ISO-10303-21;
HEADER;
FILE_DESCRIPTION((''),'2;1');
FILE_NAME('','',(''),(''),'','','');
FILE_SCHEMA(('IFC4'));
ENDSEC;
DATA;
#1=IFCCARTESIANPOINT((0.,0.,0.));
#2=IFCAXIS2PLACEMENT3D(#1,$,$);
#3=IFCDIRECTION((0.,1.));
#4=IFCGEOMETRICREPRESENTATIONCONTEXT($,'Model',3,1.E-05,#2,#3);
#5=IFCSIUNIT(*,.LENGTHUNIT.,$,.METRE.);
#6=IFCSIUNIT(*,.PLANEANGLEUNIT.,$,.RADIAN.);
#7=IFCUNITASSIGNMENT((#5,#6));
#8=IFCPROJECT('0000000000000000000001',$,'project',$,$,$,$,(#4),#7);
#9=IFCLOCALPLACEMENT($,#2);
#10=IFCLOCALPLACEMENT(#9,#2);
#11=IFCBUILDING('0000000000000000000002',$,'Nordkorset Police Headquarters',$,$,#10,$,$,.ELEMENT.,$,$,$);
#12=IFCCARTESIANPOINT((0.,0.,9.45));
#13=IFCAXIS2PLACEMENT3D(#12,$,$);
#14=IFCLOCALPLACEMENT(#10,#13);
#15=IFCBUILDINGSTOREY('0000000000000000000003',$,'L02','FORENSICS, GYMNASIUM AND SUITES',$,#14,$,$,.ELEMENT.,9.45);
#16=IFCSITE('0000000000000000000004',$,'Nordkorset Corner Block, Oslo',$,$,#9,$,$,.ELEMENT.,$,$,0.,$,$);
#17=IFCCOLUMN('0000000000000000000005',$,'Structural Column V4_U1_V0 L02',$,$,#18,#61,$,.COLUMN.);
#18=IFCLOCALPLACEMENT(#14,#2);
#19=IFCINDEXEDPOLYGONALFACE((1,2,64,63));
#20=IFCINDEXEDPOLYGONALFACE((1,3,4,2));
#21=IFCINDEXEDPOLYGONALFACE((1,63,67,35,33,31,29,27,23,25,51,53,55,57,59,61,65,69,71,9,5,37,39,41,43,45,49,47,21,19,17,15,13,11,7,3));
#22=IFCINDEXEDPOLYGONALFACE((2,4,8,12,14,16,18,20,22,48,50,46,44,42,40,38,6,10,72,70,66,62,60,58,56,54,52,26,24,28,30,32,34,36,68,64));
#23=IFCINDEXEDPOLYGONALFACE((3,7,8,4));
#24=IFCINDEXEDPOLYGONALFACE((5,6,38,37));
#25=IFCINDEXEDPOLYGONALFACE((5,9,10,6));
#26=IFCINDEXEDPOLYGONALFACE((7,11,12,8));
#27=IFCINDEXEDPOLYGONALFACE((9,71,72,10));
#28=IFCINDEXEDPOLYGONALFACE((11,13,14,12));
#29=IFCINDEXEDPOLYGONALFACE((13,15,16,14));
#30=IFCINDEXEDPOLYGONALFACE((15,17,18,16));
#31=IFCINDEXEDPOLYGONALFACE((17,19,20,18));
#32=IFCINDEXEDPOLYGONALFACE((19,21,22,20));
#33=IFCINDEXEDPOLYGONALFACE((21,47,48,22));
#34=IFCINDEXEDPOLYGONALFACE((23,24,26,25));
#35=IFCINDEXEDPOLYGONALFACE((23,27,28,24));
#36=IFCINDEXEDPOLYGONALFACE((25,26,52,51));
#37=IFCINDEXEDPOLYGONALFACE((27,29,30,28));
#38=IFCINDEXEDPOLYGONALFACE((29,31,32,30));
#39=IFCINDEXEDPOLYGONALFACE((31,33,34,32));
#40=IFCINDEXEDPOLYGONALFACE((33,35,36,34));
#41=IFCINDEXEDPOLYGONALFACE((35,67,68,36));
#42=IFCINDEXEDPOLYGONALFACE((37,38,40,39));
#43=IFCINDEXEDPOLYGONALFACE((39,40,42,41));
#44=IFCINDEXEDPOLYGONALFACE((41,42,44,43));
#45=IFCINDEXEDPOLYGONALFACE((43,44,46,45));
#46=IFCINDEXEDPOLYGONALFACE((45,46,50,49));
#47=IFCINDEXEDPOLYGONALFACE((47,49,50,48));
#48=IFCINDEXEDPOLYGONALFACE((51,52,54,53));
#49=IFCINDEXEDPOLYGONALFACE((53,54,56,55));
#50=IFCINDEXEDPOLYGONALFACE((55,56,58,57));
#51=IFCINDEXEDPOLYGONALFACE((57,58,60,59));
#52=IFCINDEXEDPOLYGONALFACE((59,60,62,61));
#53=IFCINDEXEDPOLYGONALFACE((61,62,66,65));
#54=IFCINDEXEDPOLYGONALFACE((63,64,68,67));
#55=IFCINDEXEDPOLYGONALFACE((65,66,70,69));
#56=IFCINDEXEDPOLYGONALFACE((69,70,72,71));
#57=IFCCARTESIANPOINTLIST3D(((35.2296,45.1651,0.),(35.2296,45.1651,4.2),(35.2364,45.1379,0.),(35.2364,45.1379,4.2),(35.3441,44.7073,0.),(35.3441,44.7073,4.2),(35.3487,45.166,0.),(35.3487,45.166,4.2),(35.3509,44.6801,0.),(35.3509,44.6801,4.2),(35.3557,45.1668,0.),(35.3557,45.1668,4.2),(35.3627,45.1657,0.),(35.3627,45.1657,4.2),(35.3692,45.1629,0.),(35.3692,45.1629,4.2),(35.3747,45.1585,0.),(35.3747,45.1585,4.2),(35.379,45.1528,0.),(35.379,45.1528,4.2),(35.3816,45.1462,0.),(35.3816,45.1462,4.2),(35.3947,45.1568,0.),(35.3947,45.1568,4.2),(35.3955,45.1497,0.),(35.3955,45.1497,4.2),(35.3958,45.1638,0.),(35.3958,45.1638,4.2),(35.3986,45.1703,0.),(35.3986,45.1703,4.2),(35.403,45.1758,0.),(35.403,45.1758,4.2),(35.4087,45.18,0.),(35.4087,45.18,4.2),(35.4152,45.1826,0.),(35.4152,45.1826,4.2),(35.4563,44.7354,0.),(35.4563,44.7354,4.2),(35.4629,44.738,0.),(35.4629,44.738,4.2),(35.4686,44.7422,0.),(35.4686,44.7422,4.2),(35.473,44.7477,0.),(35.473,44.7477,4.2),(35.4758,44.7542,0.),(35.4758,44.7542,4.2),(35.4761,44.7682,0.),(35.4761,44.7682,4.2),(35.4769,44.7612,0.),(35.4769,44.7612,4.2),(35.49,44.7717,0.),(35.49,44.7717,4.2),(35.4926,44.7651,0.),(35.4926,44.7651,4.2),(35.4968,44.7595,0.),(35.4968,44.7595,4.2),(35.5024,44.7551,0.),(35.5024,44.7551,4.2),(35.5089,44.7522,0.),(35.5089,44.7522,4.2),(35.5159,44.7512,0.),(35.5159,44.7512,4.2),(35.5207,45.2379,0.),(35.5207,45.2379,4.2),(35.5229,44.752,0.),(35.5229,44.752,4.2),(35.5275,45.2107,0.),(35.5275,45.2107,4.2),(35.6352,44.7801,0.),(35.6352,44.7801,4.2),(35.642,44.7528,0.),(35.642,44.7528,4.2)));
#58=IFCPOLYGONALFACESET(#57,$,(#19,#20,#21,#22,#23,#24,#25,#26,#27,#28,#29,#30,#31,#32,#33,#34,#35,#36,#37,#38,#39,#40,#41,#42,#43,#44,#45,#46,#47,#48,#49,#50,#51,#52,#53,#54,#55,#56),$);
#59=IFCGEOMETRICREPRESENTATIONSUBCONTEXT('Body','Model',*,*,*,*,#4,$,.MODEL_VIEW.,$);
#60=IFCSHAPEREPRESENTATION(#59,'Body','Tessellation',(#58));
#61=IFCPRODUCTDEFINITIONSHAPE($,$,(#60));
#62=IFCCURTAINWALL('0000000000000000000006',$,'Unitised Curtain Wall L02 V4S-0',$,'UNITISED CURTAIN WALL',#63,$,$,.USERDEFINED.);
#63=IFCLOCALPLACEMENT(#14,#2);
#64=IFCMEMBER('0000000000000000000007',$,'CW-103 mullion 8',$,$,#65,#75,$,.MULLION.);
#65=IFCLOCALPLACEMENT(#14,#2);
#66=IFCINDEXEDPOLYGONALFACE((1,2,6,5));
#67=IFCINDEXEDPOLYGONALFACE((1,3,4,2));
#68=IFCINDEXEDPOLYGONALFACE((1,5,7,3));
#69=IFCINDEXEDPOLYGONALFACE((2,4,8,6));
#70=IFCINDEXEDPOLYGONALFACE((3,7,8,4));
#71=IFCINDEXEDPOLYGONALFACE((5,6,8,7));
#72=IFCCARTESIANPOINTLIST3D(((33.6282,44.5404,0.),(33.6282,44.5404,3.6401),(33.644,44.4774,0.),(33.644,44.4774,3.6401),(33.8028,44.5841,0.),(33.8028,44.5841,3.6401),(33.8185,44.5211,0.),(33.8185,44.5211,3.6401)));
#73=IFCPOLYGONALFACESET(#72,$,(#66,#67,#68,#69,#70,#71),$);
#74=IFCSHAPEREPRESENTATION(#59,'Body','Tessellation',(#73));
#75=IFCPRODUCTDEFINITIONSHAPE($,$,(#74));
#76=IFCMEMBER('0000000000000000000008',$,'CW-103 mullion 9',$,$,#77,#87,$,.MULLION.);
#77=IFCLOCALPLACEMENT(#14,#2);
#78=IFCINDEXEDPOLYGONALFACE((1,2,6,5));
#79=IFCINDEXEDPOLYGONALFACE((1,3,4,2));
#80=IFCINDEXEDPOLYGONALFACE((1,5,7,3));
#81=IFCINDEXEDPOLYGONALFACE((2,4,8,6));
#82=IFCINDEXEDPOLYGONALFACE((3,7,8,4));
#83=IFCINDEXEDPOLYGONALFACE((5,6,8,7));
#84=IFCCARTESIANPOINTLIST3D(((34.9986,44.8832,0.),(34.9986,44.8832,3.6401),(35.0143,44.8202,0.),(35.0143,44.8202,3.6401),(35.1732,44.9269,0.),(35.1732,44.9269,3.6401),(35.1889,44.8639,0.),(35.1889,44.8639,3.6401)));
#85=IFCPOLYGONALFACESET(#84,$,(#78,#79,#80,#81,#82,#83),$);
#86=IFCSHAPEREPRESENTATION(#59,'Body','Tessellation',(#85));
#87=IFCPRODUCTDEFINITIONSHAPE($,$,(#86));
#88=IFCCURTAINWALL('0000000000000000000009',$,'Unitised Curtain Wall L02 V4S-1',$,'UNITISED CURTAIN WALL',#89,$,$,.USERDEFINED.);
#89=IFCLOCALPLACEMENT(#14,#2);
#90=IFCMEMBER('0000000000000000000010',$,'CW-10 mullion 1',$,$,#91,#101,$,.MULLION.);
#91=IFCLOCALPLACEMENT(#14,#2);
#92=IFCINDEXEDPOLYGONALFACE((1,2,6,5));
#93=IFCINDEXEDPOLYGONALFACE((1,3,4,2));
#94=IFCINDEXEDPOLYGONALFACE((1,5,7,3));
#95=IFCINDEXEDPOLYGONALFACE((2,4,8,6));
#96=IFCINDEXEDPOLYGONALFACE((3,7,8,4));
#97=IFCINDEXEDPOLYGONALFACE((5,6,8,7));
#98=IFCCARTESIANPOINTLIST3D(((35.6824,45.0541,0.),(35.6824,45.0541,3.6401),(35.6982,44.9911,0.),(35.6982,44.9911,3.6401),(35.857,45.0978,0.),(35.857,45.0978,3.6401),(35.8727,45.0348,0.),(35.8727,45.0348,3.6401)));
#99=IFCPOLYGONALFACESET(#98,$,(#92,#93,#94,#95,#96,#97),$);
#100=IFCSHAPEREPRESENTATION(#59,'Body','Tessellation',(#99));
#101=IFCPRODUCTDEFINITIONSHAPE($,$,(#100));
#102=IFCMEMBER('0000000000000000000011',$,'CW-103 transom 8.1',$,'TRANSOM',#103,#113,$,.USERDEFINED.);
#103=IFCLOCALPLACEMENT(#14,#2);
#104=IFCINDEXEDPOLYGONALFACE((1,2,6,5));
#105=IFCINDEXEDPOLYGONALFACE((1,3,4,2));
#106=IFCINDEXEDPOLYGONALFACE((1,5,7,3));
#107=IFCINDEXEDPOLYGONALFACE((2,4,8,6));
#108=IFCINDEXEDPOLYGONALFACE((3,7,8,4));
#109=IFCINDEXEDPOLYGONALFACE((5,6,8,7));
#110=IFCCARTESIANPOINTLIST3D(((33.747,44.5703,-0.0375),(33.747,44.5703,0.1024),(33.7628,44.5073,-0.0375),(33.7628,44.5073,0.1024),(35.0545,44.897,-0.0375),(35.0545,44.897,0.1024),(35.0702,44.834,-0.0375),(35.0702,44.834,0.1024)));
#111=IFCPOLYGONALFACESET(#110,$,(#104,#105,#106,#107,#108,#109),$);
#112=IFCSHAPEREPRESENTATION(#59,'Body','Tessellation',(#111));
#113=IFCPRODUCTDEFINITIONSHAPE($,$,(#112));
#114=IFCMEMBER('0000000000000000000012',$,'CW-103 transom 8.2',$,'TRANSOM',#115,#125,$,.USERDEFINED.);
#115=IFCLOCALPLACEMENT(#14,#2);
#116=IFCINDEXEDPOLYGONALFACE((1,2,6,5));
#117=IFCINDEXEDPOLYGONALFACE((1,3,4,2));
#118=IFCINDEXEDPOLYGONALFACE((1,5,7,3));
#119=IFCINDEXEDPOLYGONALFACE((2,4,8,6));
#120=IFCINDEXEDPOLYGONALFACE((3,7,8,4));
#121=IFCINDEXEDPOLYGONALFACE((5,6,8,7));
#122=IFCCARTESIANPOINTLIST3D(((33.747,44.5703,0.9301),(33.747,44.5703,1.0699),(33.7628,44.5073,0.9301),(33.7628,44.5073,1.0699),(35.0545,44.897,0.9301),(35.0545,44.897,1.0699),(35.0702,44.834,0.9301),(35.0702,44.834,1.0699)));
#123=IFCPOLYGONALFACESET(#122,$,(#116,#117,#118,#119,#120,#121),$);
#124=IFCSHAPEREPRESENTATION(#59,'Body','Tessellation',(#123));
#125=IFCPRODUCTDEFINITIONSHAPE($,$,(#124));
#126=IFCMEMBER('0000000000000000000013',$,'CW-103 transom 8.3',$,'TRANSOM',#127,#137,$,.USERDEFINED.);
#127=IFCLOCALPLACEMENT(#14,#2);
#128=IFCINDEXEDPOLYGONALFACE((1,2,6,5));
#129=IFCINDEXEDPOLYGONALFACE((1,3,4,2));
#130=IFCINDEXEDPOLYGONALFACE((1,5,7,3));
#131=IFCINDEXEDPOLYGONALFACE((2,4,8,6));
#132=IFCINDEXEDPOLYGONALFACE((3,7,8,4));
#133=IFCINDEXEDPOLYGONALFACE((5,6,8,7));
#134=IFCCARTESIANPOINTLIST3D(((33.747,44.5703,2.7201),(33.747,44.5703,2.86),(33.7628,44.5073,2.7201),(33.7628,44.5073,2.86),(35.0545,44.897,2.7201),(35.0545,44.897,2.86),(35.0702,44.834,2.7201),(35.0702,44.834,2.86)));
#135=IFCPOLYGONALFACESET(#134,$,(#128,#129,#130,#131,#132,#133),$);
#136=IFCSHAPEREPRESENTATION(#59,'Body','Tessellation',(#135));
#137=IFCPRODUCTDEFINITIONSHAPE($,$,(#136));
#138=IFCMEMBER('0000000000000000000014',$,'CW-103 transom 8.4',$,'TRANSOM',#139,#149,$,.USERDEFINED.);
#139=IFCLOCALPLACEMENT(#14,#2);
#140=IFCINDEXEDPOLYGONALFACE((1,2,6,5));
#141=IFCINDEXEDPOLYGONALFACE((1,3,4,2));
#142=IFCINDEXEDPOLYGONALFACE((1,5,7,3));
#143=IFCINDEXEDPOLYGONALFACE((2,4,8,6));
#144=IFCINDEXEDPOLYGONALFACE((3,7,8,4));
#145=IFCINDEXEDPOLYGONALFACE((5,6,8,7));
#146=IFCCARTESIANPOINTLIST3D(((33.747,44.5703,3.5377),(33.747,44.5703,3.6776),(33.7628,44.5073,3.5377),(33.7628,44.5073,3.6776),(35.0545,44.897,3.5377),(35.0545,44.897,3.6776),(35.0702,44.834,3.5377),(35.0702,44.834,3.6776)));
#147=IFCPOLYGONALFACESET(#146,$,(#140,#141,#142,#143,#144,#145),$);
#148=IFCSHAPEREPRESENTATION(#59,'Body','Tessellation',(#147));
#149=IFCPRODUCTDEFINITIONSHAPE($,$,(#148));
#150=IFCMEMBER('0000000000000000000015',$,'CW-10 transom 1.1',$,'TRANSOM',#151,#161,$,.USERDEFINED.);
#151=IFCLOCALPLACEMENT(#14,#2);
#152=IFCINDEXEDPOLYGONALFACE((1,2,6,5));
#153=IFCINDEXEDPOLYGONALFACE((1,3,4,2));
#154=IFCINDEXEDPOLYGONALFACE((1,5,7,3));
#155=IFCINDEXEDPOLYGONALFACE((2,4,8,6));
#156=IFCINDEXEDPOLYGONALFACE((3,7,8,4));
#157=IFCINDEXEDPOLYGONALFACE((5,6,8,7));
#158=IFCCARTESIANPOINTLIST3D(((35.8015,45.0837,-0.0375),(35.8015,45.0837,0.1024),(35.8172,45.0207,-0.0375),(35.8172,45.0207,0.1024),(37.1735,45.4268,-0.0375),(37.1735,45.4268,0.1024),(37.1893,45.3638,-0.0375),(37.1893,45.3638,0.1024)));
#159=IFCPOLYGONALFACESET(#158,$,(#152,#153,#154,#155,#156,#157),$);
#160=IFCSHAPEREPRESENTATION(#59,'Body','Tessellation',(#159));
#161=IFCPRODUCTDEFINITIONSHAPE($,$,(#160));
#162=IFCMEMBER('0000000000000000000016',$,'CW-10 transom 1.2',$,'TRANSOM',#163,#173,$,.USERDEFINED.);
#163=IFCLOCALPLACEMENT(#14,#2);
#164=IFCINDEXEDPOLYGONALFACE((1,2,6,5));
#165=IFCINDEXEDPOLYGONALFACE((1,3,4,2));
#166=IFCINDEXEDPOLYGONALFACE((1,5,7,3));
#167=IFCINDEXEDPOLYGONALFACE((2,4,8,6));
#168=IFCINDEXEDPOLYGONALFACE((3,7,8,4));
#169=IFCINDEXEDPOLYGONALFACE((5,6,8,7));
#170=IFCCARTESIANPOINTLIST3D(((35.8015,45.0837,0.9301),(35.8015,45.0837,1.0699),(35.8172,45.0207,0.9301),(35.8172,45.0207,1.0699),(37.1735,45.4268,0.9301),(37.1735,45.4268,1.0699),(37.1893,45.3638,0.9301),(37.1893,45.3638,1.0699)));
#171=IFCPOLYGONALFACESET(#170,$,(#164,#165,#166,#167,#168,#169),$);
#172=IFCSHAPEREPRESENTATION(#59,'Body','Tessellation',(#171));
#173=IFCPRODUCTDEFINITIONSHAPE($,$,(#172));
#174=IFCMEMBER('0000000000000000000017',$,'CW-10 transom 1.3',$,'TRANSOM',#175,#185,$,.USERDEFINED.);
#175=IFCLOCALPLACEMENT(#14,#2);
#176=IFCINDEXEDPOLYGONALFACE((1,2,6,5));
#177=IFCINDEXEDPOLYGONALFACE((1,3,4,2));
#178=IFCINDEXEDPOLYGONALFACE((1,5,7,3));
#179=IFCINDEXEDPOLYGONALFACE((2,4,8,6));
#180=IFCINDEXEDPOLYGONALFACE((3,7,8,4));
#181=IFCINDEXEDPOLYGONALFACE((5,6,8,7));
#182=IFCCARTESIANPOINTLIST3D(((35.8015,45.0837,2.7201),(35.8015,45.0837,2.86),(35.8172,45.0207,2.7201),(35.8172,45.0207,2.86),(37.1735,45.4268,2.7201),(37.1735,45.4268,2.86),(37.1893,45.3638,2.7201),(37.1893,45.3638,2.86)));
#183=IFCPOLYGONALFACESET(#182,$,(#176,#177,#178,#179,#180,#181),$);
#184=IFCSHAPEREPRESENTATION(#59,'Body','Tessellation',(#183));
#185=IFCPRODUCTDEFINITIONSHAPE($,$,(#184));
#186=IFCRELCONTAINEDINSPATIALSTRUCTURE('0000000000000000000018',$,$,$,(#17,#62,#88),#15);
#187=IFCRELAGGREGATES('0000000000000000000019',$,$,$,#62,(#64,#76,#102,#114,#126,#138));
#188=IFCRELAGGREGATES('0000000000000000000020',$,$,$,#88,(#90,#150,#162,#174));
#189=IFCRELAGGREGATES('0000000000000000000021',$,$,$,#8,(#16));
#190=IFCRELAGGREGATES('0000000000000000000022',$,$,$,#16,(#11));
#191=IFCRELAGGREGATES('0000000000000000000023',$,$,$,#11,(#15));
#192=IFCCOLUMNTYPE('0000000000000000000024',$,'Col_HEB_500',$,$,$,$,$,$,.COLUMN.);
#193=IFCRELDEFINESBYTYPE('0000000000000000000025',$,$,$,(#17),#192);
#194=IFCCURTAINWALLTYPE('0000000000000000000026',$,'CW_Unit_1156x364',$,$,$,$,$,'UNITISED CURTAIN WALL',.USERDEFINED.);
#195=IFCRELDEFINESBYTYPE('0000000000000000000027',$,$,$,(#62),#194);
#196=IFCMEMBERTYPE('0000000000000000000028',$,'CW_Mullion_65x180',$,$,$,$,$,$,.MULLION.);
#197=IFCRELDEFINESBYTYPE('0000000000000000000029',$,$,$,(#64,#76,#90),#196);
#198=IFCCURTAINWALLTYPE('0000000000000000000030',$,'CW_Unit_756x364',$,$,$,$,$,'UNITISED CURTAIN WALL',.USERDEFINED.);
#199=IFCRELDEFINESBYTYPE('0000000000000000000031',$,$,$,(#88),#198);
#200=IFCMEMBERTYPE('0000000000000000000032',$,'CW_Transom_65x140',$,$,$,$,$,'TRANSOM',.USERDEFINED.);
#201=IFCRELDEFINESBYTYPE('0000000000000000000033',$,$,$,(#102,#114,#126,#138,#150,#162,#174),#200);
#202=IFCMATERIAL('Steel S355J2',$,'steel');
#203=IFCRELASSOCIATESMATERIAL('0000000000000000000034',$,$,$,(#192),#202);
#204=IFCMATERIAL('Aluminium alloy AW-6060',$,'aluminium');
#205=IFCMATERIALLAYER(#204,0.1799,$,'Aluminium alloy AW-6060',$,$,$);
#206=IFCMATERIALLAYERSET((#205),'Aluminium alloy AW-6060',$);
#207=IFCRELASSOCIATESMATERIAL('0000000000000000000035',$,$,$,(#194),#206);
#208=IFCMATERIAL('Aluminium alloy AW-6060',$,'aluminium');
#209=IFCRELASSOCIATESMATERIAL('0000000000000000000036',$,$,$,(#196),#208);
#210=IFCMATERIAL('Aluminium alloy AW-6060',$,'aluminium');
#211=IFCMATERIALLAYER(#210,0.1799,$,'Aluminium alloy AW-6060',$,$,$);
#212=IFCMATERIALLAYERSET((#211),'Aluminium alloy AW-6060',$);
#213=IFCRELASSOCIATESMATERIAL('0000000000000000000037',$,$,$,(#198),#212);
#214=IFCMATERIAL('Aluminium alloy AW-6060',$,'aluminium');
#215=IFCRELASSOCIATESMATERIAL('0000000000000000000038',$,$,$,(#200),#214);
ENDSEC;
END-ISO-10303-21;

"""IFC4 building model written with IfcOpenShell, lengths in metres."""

from ifc_helpers import new_model, si_unit, direction, frame, origin, origin_2d, place, context, subcontext, project, spatial, rectangle, i_section, extrude, material, layer, layer_set, material_profile, profile_set, type_object, element, aggregate, save


model = new_model("IFC4")

# Units and contexts
model_context = context("Model", 3, precision=1e-05, world=origin(), true_north=direction((0.0, 1.0)))
body_context = subcontext(model_context, "Body", "Model", "MODEL_VIEW")
ifc_project = project(units=[si_unit("LENGTHUNIT", "METRE"), si_unit("PLANEANGLEUNIT", "RADIAN")], contexts=[model_context])

# Site, building, storey
site_placement = place(None, origin())
site = spatial("IfcSite", under=ifc_project, at=site_placement, Name="Nordkorset Corner Block, Oslo", CompositionType="ELEMENT", RefElevation=0.0)
building_placement = place(site_placement, origin())
building = spatial("IfcBuilding", under=site, at=building_placement, Name="Nordkorset Police Headquarters", CompositionType="ELEMENT")
storey_placement = place(building_placement, frame((0.0, 0.0, 9.45)))
storey = spatial("IfcBuildingStorey", under=building, at=storey_placement, Name="L02", Description="FORENSICS, GYMNASIUM AND SUITES", CompositionType="ELEMENT", Elevation=9.45)

# Column
ifc_material_1 = material(Name="Steel S355J2", Category="steel")
ifc_material_profile_1 = material_profile(ifc_material_1, i_section(OverallWidth=0.3, OverallDepth=0.5, WebThickness=0.0144, FlangeThickness=0.0281, FilletRadius=0.0271, at=origin_2d()), Name="HEB 500")
ifc_profile_set_1 = profile_set([ifc_material_profile_1], Name="Steel S355J2")
column_type = type_object("IfcColumnType", Name="Col_HEB_500", PredefinedType="COLUMN", material=ifc_profile_set_1)
column_placement = place(storey_placement, frame((35.4358, 44.959, 0.0), z_axis=(0.0, 0.0, 1.0), x_axis=(0.970143, 0.242536, 0.0)))
element("IfcColumn", 1, at=column_placement, inside=storey, type_object=column_type, Name="Structural Column V4_U1_V0 L02", PredefinedType="COLUMN", context=body_context, shape_type="SweptSolid", body=[
    extrude(i_section(OverallWidth=0.3, OverallDepth=0.5, WebThickness=0.0144, FlangeThickness=0.0281, FilletRadius=0.0271, at=origin_2d()), origin(), (0.0, 0.0, 1.0), 4.2),
])

# Curtain wall, members
ifc_material_2 = material(Name="Aluminium alloy AW-6060", Category="aluminium")
ifc_layer_1 = layer(ifc_material_2, 0.1799, Name="Aluminium alloy AW-6060")
ifc_layer_set_1 = layer_set([ifc_layer_1], Name="Aluminium alloy AW-6060")
curtain_wall_type_1 = type_object("IfcCurtainWallType", Name="CW_Unit_1156x364", ElementType="UNITISED CURTAIN WALL", PredefinedType="USERDEFINED", material=ifc_layer_set_1)
curtain_wall_1_placement = place(storey_placement, origin())
curtain_wall_1 = element("IfcCurtainWall", 2, at=curtain_wall_1_placement, inside=storey, type_object=curtain_wall_type_1, Name="Unitised Curtain Wall L02 V4S-0", ObjectType="UNITISED CURTAIN WALL", PredefinedType="USERDEFINED")
ifc_material_3 = material(Name="Aluminium alloy AW-6060", Category="aluminium")
ifc_material_profile_2 = material_profile(ifc_material_3, rectangle(XDim=0.0649, YDim=0.1799, at=origin_2d()), Name="ALU MULL 65x180")
ifc_profile_set_2 = profile_set([ifc_material_profile_2], Name="Aluminium alloy AW-6060")
member_type_1 = type_object("IfcMemberType", Name="CW_Mullion_65x180", PredefinedType="MULLION", material=ifc_profile_set_2)
member_1_placement = place(storey_placement, frame((33.7234, 44.5308, 0.0), z_axis=(0.0, 0.0, 1.0), x_axis=(-0.242536, 0.970143, 0.0)))
member_1 = element("IfcMember", 3, at=member_1_placement, type_object=member_type_1, Name="CW-103 mullion 8", PredefinedType="MULLION", context=body_context, shape_type="SweptSolid", body=[
    extrude(rectangle(XDim=0.0649, YDim=0.1799, at=origin_2d()), origin(), (0.0, 0.0, 1.0), 3.6401),
])
member_2_placement = place(storey_placement, frame((35.0938, 44.8735, 0.0), z_axis=(0.0, 0.0, 1.0), x_axis=(-0.242536, 0.970143, 0.0)))
member_2 = element("IfcMember", 4, at=member_2_placement, type_object=member_type_1, Name="CW-103 mullion 9", PredefinedType="MULLION", context=body_context, shape_type="SweptSolid", body=[
    extrude(rectangle(XDim=0.0649, YDim=0.1799, at=origin_2d()), origin(), (0.0, 0.0, 1.0), 3.6401),
])

# Curtain wall, member
ifc_material_4 = material(Name="Aluminium alloy AW-6060", Category="aluminium")
ifc_layer_2 = layer(ifc_material_4, 0.1799, Name="Aluminium alloy AW-6060")
ifc_layer_set_2 = layer_set([ifc_layer_2], Name="Aluminium alloy AW-6060")
curtain_wall_type_2 = type_object("IfcCurtainWallType", Name="CW_Unit_756x364", ElementType="UNITISED CURTAIN WALL", PredefinedType="USERDEFINED", material=ifc_layer_set_2)
curtain_wall_2_placement = place(storey_placement, origin())
curtain_wall_2 = element("IfcCurtainWall", 5, at=curtain_wall_2_placement, inside=storey, type_object=curtain_wall_type_2, Name="Unitised Curtain Wall L02 V4S-1", ObjectType="UNITISED CURTAIN WALL", PredefinedType="USERDEFINED")
member_3_placement = place(storey_placement, frame((35.7776, 45.0444, 0.0), z_axis=(0.0, 0.0, 1.0), x_axis=(-0.242536, 0.970143, 0.0)))
member_3 = element("IfcMember", 6, at=member_3_placement, type_object=member_type_1, Name="CW-10 mullion 1", PredefinedType="MULLION", context=body_context, shape_type="SweptSolid", body=[
    extrude(rectangle(XDim=0.0649, YDim=0.1799, at=origin_2d()), origin(), (0.0, 0.0, 1.0), 3.6401),
])

# Members
ifc_material_5 = material(Name="Aluminium alloy AW-6060", Category="aluminium")
ifc_material_profile_3 = material_profile(ifc_material_5, rectangle(XDim=0.0649, YDim=0.1399, at=origin_2d()), Name="ALU TRAN 65x140")
ifc_profile_set_3 = profile_set([ifc_material_profile_3], Name="Aluminium alloy AW-6060")
member_type_2 = type_object("IfcMemberType", Name="CW_Transom_65x140", ElementType="TRANSOM", PredefinedType="USERDEFINED", material=ifc_profile_set_3)
member_4_placement = place(storey_placement, frame((33.7549, 44.5388, 0.0325), z_axis=(0.970174, 0.242408, 0.0), x_axis=(-0.242408, 0.970174, 0.0)))
member_4 = element("IfcMember", 7, at=member_4_placement, type_object=member_type_2, Name="CW-103 transom 8.1", ObjectType="TRANSOM", PredefinedType="USERDEFINED", context=body_context, shape_type="SweptSolid", body=[
    extrude(rectangle(XDim=0.0649, YDim=0.1399, at=origin_2d()), origin(), (0.0, 0.0, 1.0), 1.3477),
])
member_5_placement = place(storey_placement, frame((33.7549, 44.5388, 1.0), z_axis=(0.970174, 0.242408, 0.0), x_axis=(-0.242408, 0.970174, 0.0)))
member_5 = element("IfcMember", 8, at=member_5_placement, type_object=member_type_2, Name="CW-103 transom 8.2", ObjectType="TRANSOM", PredefinedType="USERDEFINED", context=body_context, shape_type="SweptSolid", body=[
    extrude(rectangle(XDim=0.0649, YDim=0.1399, at=origin_2d()), origin(), (0.0, 0.0, 1.0), 1.3477),
])
member_6_placement = place(storey_placement, frame((33.7549, 44.5388, 2.79), z_axis=(0.970174, 0.242408, 0.0), x_axis=(-0.242408, 0.970174, 0.0)))
member_6 = element("IfcMember", 9, at=member_6_placement, type_object=member_type_2, Name="CW-103 transom 8.3", ObjectType="TRANSOM", PredefinedType="USERDEFINED", context=body_context, shape_type="SweptSolid", body=[
    extrude(rectangle(XDim=0.0649, YDim=0.1399, at=origin_2d()), origin(), (0.0, 0.0, 1.0), 1.3477),
])
member_7_placement = place(storey_placement, frame((33.7549, 44.5388, 3.6077), z_axis=(0.970174, 0.242408, 0.0), x_axis=(-0.242408, 0.970174, 0.0)))
member_7 = element("IfcMember", 10, at=member_7_placement, type_object=member_type_2, Name="CW-103 transom 8.4", ObjectType="TRANSOM", PredefinedType="USERDEFINED", context=body_context, shape_type="SweptSolid", body=[
    extrude(rectangle(XDim=0.0649, YDim=0.1399, at=origin_2d()), origin(), (0.0, 0.0, 1.0), 1.3477),
])
member_8_placement = place(storey_placement, frame((35.8093, 45.0522, 0.0325), z_axis=(0.970143, 0.242536, 0.0), x_axis=(-0.242536, 0.970143, 0.0)))
member_8 = element("IfcMember", 11, at=member_8_placement, type_object=member_type_2, Name="CW-10 transom 1.1", ObjectType="TRANSOM", PredefinedType="USERDEFINED", context=body_context, shape_type="SweptSolid", body=[
    extrude(rectangle(XDim=0.0649, YDim=0.1399, at=origin_2d()), origin(), (0.0, 0.0, 1.0), 1.4143),
])
member_9_placement = place(storey_placement, frame((35.8093, 45.0522, 1.0), z_axis=(0.970143, 0.242536, 0.0), x_axis=(-0.242536, 0.970143, 0.0)))
member_9 = element("IfcMember", 12, at=member_9_placement, type_object=member_type_2, Name="CW-10 transom 1.2", ObjectType="TRANSOM", PredefinedType="USERDEFINED", context=body_context, shape_type="SweptSolid", body=[
    extrude(rectangle(XDim=0.0649, YDim=0.1399, at=origin_2d()), origin(), (0.0, 0.0, 1.0), 1.4143),
])
member_10_placement = place(storey_placement, frame((35.8093, 45.0522, 2.79), z_axis=(0.970143, 0.242536, 0.0), x_axis=(-0.242536, 0.970143, 0.0)))
member_10 = element("IfcMember", 13, at=member_10_placement, type_object=member_type_2, Name="CW-10 transom 1.3", ObjectType="TRANSOM", PredefinedType="USERDEFINED", context=body_context, shape_type="SweptSolid", body=[
    extrude(rectangle(XDim=0.0649, YDim=0.1399, at=origin_2d()), origin(), (0.0, 0.0, 1.0), 1.4143),
])

aggregate(curtain_wall_1, [member_1, member_2, member_4, member_5, member_6, member_7])
aggregate(curtain_wall_2, [member_3, member_8, member_9, member_10])

save(model, "model.ifc")
